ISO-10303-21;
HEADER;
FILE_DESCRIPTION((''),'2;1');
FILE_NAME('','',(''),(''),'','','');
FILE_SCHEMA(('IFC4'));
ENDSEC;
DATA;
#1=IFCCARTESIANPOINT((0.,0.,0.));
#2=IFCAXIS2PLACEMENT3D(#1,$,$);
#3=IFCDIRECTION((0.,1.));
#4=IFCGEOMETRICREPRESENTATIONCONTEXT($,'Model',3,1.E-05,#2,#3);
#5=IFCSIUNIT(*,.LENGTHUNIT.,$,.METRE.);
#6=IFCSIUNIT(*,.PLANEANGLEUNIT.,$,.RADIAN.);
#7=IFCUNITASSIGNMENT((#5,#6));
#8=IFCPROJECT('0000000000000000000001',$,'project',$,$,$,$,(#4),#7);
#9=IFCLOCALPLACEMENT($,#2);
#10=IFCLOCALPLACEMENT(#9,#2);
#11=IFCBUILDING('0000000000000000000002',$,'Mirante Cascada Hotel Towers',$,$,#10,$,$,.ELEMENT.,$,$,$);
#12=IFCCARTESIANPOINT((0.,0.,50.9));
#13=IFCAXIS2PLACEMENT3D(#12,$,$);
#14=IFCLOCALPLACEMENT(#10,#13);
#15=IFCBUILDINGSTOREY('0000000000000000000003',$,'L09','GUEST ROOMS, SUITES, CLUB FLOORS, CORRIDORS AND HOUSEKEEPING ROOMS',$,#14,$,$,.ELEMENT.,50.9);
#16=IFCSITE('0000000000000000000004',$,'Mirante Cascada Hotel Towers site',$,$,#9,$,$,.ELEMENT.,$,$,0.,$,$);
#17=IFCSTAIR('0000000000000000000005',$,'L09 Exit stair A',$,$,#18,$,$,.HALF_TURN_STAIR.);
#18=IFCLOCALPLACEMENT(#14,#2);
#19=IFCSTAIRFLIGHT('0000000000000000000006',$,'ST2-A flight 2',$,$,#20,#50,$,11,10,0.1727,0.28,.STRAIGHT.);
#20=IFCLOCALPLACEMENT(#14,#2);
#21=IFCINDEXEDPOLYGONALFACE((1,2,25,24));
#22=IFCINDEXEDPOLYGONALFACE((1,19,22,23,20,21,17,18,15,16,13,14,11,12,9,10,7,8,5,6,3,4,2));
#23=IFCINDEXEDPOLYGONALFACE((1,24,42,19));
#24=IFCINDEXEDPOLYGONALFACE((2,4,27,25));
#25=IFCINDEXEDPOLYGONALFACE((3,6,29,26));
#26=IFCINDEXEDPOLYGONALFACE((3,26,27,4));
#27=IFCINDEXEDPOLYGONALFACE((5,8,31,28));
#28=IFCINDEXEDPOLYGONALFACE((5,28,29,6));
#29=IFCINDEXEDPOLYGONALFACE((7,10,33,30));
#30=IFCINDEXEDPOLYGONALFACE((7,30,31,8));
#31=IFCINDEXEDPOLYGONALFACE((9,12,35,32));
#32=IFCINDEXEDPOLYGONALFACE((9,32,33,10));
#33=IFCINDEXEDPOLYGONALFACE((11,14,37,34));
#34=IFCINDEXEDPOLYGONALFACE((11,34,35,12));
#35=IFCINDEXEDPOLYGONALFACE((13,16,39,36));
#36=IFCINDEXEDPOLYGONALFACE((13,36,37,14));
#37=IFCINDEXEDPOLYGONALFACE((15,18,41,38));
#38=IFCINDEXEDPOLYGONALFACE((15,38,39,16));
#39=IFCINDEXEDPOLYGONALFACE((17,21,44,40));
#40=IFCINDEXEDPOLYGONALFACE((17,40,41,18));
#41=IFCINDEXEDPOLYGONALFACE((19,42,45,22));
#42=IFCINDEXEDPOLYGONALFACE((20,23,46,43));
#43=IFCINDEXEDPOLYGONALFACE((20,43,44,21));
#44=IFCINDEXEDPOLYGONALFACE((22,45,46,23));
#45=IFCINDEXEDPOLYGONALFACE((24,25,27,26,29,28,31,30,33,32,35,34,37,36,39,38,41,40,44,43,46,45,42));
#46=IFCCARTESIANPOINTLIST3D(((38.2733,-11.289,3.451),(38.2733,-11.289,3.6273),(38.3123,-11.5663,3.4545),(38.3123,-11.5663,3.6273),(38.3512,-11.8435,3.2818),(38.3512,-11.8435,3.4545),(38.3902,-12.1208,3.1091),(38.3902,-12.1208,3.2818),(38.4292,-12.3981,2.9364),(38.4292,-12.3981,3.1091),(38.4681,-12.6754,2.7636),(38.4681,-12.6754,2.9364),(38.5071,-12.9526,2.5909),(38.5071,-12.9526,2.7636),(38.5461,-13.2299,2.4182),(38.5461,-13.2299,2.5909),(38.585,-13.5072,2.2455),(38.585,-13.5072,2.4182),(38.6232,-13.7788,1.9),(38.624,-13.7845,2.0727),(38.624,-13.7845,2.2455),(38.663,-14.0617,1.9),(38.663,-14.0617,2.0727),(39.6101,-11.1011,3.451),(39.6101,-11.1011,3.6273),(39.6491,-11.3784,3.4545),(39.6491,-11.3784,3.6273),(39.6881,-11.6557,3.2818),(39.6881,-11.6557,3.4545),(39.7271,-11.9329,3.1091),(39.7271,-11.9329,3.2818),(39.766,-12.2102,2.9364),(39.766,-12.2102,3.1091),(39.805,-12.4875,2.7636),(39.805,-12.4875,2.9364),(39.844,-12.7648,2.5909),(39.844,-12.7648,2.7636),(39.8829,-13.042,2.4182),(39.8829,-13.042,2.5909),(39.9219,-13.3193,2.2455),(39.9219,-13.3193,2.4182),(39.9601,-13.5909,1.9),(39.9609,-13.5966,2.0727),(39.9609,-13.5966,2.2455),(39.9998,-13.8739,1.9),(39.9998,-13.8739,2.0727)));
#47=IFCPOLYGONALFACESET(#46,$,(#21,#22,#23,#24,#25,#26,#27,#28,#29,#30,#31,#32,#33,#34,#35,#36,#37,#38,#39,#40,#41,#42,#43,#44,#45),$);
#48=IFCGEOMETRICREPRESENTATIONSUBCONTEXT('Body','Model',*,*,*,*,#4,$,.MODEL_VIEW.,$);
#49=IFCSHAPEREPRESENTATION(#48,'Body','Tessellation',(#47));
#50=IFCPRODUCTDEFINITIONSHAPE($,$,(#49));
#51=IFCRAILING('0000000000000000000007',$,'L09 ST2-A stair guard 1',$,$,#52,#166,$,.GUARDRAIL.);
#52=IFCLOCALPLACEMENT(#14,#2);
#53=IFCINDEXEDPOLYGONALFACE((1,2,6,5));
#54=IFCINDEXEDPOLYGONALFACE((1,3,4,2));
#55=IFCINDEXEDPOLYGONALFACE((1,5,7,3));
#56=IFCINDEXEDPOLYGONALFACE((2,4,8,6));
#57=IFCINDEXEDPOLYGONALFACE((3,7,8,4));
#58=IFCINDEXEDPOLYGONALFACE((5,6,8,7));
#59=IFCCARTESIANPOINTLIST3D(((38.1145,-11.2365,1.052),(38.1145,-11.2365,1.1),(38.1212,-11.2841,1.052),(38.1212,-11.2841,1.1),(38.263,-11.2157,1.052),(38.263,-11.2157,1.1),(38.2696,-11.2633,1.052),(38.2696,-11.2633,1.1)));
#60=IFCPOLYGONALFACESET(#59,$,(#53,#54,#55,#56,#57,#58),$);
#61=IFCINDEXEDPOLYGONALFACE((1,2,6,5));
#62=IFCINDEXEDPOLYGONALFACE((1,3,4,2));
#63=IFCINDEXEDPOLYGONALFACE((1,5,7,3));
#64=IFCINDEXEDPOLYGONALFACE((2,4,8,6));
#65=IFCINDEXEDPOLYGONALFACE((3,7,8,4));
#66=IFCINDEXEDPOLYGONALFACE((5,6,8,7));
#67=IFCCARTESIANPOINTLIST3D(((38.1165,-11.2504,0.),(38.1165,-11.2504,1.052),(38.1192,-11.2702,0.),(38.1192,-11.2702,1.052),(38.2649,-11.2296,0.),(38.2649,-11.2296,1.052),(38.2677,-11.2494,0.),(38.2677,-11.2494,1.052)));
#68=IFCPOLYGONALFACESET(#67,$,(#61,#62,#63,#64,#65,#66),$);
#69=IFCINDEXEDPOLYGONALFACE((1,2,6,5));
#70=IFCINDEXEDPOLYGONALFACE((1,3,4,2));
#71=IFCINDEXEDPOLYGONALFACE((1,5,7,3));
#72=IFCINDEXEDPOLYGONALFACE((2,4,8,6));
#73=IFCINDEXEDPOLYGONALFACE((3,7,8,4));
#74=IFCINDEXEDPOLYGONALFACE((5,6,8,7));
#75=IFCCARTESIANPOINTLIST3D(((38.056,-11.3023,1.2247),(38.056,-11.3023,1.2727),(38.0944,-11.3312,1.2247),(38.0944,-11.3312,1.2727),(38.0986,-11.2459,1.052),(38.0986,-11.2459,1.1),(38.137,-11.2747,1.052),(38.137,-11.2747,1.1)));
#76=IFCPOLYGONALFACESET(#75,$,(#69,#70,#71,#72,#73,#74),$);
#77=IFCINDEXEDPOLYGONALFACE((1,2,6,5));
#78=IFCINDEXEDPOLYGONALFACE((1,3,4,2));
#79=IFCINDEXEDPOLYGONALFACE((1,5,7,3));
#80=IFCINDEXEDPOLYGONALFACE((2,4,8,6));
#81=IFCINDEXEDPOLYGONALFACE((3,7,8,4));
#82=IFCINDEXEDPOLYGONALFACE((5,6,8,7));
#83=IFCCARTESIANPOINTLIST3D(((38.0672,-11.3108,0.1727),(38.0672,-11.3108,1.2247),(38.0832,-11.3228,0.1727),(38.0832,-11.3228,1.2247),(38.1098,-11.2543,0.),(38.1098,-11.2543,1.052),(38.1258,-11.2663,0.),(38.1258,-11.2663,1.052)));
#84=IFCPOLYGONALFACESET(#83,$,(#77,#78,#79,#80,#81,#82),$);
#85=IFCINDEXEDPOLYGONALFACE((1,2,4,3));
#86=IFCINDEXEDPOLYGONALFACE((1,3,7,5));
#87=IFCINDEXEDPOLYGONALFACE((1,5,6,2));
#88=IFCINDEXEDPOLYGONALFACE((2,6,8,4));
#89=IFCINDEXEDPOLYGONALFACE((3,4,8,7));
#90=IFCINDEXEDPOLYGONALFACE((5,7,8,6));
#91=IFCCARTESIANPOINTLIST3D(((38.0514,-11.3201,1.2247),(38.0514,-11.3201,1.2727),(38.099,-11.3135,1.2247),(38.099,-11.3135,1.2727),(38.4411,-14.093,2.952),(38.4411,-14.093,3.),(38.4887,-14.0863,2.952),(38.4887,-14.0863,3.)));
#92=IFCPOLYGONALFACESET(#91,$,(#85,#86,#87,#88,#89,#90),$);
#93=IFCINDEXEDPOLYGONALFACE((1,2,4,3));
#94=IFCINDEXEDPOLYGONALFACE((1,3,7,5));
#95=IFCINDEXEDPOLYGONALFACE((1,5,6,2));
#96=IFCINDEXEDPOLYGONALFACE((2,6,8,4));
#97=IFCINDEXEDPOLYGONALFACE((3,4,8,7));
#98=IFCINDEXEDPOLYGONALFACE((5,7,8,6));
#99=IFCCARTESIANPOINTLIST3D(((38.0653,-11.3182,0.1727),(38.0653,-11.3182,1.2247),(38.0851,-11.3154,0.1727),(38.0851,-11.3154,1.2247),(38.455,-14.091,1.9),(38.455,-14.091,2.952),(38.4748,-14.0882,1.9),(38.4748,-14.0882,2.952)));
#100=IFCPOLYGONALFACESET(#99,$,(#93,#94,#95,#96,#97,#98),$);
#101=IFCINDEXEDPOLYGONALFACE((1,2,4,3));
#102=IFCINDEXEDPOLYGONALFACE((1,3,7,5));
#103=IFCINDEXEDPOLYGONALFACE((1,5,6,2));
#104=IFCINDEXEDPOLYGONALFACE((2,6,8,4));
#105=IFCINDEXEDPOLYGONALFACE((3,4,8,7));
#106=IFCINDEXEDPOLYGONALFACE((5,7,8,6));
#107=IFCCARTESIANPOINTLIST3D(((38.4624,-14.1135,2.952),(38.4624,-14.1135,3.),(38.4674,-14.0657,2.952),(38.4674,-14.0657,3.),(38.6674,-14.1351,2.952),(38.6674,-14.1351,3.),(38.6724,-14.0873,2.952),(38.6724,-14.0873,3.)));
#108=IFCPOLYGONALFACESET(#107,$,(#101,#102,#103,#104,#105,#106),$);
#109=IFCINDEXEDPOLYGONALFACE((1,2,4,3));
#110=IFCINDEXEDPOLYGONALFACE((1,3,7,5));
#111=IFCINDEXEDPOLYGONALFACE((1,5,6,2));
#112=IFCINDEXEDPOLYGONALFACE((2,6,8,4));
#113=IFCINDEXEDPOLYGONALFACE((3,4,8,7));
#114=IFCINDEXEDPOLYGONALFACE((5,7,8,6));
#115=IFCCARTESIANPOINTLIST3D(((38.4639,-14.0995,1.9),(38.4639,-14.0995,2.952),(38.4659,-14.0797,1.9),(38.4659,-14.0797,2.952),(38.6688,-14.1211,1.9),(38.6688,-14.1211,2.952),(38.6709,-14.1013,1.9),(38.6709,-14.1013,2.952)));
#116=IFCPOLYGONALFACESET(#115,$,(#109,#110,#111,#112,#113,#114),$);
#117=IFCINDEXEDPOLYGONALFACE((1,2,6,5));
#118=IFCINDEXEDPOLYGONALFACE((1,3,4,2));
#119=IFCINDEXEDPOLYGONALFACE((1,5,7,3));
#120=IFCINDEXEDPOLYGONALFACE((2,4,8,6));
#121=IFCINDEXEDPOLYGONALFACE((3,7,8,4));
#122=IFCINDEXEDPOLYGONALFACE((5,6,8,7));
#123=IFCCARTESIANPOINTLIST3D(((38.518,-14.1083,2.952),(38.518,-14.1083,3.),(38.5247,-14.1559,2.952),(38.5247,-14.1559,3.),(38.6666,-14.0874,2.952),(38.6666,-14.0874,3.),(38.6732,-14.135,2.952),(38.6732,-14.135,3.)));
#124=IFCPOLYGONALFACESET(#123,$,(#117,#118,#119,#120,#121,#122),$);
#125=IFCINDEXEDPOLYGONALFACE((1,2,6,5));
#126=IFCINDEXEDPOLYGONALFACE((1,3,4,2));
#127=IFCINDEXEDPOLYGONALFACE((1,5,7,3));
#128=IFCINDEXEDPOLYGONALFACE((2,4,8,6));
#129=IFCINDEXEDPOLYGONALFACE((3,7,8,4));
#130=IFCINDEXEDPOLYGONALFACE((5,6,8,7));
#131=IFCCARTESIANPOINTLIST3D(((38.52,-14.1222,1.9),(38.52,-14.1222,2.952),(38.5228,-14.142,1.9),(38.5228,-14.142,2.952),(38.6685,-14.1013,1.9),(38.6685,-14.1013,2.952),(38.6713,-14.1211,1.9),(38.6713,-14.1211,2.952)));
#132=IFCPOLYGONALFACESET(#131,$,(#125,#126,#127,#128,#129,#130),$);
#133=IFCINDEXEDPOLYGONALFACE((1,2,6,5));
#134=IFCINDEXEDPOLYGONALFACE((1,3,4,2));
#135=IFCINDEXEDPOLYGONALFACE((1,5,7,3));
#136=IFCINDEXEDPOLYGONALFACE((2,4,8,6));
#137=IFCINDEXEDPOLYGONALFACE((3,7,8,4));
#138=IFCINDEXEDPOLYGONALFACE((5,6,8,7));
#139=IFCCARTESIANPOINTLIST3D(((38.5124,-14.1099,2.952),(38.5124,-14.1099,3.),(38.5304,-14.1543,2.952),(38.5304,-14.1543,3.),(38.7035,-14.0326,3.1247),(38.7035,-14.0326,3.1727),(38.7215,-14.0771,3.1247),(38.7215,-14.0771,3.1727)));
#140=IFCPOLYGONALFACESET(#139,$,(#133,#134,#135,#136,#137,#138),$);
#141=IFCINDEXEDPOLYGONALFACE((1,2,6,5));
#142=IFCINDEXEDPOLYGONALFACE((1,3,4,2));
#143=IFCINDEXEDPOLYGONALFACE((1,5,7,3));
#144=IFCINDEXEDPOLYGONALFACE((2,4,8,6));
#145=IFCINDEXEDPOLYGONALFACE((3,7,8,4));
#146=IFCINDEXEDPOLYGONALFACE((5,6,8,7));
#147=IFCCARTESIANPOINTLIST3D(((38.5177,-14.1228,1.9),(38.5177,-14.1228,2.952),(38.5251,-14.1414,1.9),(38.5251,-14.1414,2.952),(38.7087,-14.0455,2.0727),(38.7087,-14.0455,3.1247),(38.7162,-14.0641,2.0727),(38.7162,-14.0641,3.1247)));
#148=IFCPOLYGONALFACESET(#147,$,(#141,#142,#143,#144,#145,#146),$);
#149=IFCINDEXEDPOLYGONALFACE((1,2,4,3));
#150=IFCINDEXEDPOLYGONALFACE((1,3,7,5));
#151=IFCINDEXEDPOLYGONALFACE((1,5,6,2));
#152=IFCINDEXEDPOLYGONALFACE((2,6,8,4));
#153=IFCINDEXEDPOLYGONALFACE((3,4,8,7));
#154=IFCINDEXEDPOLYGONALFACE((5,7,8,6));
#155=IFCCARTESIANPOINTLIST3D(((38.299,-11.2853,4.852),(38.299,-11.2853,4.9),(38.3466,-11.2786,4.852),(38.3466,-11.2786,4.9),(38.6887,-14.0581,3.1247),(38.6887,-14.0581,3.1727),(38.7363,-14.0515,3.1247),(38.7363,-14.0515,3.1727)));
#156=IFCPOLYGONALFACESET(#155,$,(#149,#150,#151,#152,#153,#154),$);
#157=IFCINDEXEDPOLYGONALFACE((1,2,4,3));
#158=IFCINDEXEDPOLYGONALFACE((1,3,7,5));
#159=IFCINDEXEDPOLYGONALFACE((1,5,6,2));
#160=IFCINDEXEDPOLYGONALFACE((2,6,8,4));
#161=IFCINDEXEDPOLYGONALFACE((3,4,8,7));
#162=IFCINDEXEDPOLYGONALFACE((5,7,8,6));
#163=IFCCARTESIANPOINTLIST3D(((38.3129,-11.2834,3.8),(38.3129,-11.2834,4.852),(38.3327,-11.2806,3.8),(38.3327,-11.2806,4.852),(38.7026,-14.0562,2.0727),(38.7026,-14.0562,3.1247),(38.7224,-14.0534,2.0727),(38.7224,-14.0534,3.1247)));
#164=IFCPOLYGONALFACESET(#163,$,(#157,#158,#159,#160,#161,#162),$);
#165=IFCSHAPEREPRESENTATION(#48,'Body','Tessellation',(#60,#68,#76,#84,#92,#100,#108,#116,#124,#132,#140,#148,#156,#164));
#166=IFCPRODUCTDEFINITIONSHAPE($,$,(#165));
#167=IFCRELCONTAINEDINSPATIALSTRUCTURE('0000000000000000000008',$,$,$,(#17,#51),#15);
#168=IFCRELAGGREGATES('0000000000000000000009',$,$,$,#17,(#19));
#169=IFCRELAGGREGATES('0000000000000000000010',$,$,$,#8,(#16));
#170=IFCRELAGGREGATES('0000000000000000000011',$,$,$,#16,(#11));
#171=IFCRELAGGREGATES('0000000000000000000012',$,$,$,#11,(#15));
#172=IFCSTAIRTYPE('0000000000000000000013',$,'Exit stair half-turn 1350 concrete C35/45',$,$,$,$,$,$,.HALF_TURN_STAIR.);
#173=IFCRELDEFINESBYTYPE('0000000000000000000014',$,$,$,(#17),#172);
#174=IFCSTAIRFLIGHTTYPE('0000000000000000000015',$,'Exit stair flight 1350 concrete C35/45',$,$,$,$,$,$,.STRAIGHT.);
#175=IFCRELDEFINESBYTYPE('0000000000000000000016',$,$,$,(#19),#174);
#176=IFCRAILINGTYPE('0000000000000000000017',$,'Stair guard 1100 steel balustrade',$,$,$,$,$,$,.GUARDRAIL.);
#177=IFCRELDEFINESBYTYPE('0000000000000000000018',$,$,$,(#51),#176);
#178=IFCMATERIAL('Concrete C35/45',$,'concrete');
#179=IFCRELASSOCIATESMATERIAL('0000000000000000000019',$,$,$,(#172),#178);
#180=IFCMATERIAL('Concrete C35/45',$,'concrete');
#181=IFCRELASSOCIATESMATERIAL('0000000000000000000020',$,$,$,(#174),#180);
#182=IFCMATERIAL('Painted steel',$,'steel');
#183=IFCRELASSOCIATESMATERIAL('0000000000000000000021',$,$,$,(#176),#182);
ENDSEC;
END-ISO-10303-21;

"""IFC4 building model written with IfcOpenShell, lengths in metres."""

from ifc_helpers import new_model, si_unit, direction, frame, origin, origin_2d, place, context, subcontext, project, spatial, polyline, rectangle, outline, extrude, material, type_object, element, aggregate, save


model = new_model("IFC4")

# Units and contexts
model_context = context("Model", 3, precision=1e-05, world=origin(), true_north=direction((0.0, 1.0)))
body_context = subcontext(model_context, "Body", "Model", "MODEL_VIEW")
ifc_project = project(units=[si_unit("LENGTHUNIT", "METRE"), si_unit("PLANEANGLEUNIT", "RADIAN")], contexts=[model_context])

# Site, building, storey
site_placement = place(None, origin())
site = spatial("IfcSite", under=ifc_project, at=site_placement, Name="Mirante Cascada Hotel Towers site", CompositionType="ELEMENT", RefElevation=0.0)
building_placement = place(site_placement, origin())
building = spatial("IfcBuilding", under=site, at=building_placement, Name="Mirante Cascada Hotel Towers", CompositionType="ELEMENT")
storey_placement = place(building_placement, frame((0.0, 0.0, 50.9)))
storey = spatial("IfcBuildingStorey", under=building, at=storey_placement, Name="L09", Description="GUEST ROOMS, SUITES, CLUB FLOORS, CORRIDORS AND HOUSEKEEPING ROOMS", CompositionType="ELEMENT", Elevation=50.9)

# Stair, stair flight
ifc_material_1 = material(Name="Concrete C35/45", Category="concrete")
stair_type = type_object("IfcStairType", Name="Exit stair half-turn 1350 concrete C35/45", PredefinedType="HALF_TURN_STAIR", material=ifc_material_1)
stair_placement = place(storey_placement, origin())
stair = element("IfcStair", 1, at=stair_placement, inside=storey, type_object=stair_type, Name="L09 Exit stair A", PredefinedType="HALF_TURN_STAIR")
ifc_material_2 = material(Name="Concrete C35/45", Category="concrete")
stair_flight_type = type_object("IfcStairFlightType", Name="Exit stair flight 1350 concrete C35/45", PredefinedType="STRAIGHT", material=ifc_material_2)
stair_flight_placement = place(storey_placement, frame((39.3314, -13.9678, 1.9), z_axis=(0.0, 0.0, 1.0), x_axis=(-0.139173, 0.990268, 0.0)))
stair_flight = element("IfcStairFlight", 2, at=stair_flight_placement, type_object=stair_flight_type, Name="ST2-A flight 2", NumberOfRisers=11, NumberOfTreads=10, PredefinedType="STRAIGHT", RiserHeight=0.1727, TreadLength=0.28, context=body_context, shape_type="SweptSolid", body=[
    extrude(outline(polyline([(0.0, 0.0), (0.0, 0.1727), (0.28, 0.1727), (0.28, 0.3455), (0.56, 0.3455), (0.56, 0.5182), (0.84, 0.5182), (0.84, 0.6909), (1.12, 0.6909), (1.12, 0.8636), (1.4, 0.8636), (1.4, 1.0364), (1.68, 1.0364), (1.68, 1.2091), (1.96, 1.2091), (1.96, 1.3818), (2.24, 1.3818), (2.24, 1.5545), (2.52, 1.5545), (2.52, 1.7273), (2.8, 1.7273), (2.8, 1.9), (2.8, 1.551), (0.2857, 0.0), (0.0, 0.0)])), frame((0.0, 0.675, 0.0), z_axis=(0.0, -1.0, 0.0), x_axis=(1.0, 0.0, 0.0)), (0.0, 0.0, 1.0), 1.35),
])
aggregate(stair, [stair_flight])

# Railing
ifc_material_3 = material(Name="Painted steel", Category="steel")
railing_type = type_object("IfcRailingType", Name="Stair guard 1100 steel balustrade", PredefinedType="GUARDRAIL", material=ifc_material_3)
railing_placement = place(storey_placement, frame((38.2663, -11.2395, 0.0)))
element("IfcRailing", 3, at=railing_placement, inside=storey, type_object=railing_type, Name="L09 ST2-A stair guard 1", PredefinedType="GUARDRAIL", context=body_context, shape_type="SweptSolid", body=[
    extrude(rectangle(XDim=0.048, YDim=0.048, at=origin_2d()), frame((0.0, 0.0, 1.076), z_axis=(-0.990333, -0.138713, 0.0), x_axis=(0.138713, -0.990333, 0.0)), (0.0, 0.0, 1.0), 0.1499),
    extrude(rectangle(XDim=0.02, YDim=1.052, at=origin_2d()), frame((0.0, 0.0, 0.526), z_axis=(-0.990333, -0.138713, 0.0), x_axis=(0.138713, -0.990333, 0.0)), (0.0, 0.0, 1.0), 0.1499),
    extrude(rectangle(XDim=0.048, YDim=0.048, at=origin_2d()), frame((-0.1485, -0.0208, 1.076), z_axis=(-0.602033, -0.798471, 0.0), x_axis=(0.798471, -0.602033, 0.0)), (0.0, 0.92534, 0.379139), 0.1866),
    extrude(rectangle(XDim=0.02, YDim=1.052, at=origin_2d()), frame((-0.1485, -0.0208, 0.526), z_axis=(-0.602033, -0.798471, 0.0), x_axis=(0.798471, -0.602033, 0.0)), (0.0, 0.92534, 0.379139), 0.1866),
    extrude(rectangle(XDim=0.048, YDim=0.048, at=origin_2d()), frame((-0.1911, -0.0773, 1.2487), z_axis=(0.139176, -0.990268, 0.0), x_axis=(0.990268, 0.139176, 0.0)), (0.0, 0.525021, 0.851089), 3.29),
    extrude(rectangle(XDim=0.02, YDim=1.052, at=origin_2d()), frame((-0.1911, -0.0773, 0.6987), z_axis=(0.139176, -0.990268, 0.0), x_axis=(0.990268, 0.139176, 0.0)), (0.0, 0.525021, 0.851089), 3.29),
    extrude(rectangle(XDim=0.048, YDim=0.048, at=origin_2d()), frame((0.1986, -2.8501, 2.976), z_axis=(0.994495, -0.104786, 0.0), x_axis=(0.104786, 0.994495, 0.0)), (0.0, 0.0, 1.0), 0.2061),
    extrude(rectangle(XDim=0.02, YDim=1.052, at=origin_2d()), frame((0.1986, -2.8501, 2.426), z_axis=(0.994495, -0.104786, 0.0), x_axis=(0.104786, 0.994495, 0.0)), (0.0, 0.0, 1.0), 0.2061),
    extrude(rectangle(XDim=0.048, YDim=0.048, at=origin_2d()), frame((0.4036, -2.8717, 2.976), z_axis=(-0.990241, -0.139367, 0.0), x_axis=(0.139367, -0.990241, 0.0)), (0.0, 0.0, 1.0), 0.15),
    extrude(rectangle(XDim=0.02, YDim=1.052, at=origin_2d()), frame((0.4036, -2.8717, 2.426), z_axis=(-0.990241, -0.139367, 0.0), x_axis=(0.139367, -0.990241, 0.0)), (0.0, 0.0, 1.0), 0.15),
    extrude(rectangle(XDim=0.048, YDim=0.048, at=origin_2d()), frame((0.2551, -2.8926, 2.976), z_axis=(0.927031, 0.374984, 0.0), x_axis=(-0.374984, 0.927031, 0.0)), (0.0, 0.64219, 0.766545), 0.2689),
    extrude(rectangle(XDim=0.02, YDim=1.052, at=origin_2d()), frame((0.2551, -2.8926, 2.426), z_axis=(0.927031, 0.374984, 0.0), x_axis=(-0.374984, 0.927031, 0.0)), (0.0, 0.64219, 0.766545), 0.2689),
    extrude(rectangle(XDim=0.048, YDim=0.048, at=origin_2d()), frame((0.4462, -2.8153, 3.1487), z_axis=(-0.139176, 0.990268, 0.0), x_axis=(-0.990268, -0.139176, 0.0)), (0.0, 0.525021, 0.851089), 3.29),
    extrude(rectangle(XDim=0.02, YDim=1.052, at=origin_2d()), frame((0.4462, -2.8153, 2.5987), z_axis=(-0.139176, 0.990268, 0.0), x_axis=(-0.990268, -0.139176, 0.0)), (0.0, 0.525021, 0.851089), 3.29),
])

save(model, "model.ifc")
